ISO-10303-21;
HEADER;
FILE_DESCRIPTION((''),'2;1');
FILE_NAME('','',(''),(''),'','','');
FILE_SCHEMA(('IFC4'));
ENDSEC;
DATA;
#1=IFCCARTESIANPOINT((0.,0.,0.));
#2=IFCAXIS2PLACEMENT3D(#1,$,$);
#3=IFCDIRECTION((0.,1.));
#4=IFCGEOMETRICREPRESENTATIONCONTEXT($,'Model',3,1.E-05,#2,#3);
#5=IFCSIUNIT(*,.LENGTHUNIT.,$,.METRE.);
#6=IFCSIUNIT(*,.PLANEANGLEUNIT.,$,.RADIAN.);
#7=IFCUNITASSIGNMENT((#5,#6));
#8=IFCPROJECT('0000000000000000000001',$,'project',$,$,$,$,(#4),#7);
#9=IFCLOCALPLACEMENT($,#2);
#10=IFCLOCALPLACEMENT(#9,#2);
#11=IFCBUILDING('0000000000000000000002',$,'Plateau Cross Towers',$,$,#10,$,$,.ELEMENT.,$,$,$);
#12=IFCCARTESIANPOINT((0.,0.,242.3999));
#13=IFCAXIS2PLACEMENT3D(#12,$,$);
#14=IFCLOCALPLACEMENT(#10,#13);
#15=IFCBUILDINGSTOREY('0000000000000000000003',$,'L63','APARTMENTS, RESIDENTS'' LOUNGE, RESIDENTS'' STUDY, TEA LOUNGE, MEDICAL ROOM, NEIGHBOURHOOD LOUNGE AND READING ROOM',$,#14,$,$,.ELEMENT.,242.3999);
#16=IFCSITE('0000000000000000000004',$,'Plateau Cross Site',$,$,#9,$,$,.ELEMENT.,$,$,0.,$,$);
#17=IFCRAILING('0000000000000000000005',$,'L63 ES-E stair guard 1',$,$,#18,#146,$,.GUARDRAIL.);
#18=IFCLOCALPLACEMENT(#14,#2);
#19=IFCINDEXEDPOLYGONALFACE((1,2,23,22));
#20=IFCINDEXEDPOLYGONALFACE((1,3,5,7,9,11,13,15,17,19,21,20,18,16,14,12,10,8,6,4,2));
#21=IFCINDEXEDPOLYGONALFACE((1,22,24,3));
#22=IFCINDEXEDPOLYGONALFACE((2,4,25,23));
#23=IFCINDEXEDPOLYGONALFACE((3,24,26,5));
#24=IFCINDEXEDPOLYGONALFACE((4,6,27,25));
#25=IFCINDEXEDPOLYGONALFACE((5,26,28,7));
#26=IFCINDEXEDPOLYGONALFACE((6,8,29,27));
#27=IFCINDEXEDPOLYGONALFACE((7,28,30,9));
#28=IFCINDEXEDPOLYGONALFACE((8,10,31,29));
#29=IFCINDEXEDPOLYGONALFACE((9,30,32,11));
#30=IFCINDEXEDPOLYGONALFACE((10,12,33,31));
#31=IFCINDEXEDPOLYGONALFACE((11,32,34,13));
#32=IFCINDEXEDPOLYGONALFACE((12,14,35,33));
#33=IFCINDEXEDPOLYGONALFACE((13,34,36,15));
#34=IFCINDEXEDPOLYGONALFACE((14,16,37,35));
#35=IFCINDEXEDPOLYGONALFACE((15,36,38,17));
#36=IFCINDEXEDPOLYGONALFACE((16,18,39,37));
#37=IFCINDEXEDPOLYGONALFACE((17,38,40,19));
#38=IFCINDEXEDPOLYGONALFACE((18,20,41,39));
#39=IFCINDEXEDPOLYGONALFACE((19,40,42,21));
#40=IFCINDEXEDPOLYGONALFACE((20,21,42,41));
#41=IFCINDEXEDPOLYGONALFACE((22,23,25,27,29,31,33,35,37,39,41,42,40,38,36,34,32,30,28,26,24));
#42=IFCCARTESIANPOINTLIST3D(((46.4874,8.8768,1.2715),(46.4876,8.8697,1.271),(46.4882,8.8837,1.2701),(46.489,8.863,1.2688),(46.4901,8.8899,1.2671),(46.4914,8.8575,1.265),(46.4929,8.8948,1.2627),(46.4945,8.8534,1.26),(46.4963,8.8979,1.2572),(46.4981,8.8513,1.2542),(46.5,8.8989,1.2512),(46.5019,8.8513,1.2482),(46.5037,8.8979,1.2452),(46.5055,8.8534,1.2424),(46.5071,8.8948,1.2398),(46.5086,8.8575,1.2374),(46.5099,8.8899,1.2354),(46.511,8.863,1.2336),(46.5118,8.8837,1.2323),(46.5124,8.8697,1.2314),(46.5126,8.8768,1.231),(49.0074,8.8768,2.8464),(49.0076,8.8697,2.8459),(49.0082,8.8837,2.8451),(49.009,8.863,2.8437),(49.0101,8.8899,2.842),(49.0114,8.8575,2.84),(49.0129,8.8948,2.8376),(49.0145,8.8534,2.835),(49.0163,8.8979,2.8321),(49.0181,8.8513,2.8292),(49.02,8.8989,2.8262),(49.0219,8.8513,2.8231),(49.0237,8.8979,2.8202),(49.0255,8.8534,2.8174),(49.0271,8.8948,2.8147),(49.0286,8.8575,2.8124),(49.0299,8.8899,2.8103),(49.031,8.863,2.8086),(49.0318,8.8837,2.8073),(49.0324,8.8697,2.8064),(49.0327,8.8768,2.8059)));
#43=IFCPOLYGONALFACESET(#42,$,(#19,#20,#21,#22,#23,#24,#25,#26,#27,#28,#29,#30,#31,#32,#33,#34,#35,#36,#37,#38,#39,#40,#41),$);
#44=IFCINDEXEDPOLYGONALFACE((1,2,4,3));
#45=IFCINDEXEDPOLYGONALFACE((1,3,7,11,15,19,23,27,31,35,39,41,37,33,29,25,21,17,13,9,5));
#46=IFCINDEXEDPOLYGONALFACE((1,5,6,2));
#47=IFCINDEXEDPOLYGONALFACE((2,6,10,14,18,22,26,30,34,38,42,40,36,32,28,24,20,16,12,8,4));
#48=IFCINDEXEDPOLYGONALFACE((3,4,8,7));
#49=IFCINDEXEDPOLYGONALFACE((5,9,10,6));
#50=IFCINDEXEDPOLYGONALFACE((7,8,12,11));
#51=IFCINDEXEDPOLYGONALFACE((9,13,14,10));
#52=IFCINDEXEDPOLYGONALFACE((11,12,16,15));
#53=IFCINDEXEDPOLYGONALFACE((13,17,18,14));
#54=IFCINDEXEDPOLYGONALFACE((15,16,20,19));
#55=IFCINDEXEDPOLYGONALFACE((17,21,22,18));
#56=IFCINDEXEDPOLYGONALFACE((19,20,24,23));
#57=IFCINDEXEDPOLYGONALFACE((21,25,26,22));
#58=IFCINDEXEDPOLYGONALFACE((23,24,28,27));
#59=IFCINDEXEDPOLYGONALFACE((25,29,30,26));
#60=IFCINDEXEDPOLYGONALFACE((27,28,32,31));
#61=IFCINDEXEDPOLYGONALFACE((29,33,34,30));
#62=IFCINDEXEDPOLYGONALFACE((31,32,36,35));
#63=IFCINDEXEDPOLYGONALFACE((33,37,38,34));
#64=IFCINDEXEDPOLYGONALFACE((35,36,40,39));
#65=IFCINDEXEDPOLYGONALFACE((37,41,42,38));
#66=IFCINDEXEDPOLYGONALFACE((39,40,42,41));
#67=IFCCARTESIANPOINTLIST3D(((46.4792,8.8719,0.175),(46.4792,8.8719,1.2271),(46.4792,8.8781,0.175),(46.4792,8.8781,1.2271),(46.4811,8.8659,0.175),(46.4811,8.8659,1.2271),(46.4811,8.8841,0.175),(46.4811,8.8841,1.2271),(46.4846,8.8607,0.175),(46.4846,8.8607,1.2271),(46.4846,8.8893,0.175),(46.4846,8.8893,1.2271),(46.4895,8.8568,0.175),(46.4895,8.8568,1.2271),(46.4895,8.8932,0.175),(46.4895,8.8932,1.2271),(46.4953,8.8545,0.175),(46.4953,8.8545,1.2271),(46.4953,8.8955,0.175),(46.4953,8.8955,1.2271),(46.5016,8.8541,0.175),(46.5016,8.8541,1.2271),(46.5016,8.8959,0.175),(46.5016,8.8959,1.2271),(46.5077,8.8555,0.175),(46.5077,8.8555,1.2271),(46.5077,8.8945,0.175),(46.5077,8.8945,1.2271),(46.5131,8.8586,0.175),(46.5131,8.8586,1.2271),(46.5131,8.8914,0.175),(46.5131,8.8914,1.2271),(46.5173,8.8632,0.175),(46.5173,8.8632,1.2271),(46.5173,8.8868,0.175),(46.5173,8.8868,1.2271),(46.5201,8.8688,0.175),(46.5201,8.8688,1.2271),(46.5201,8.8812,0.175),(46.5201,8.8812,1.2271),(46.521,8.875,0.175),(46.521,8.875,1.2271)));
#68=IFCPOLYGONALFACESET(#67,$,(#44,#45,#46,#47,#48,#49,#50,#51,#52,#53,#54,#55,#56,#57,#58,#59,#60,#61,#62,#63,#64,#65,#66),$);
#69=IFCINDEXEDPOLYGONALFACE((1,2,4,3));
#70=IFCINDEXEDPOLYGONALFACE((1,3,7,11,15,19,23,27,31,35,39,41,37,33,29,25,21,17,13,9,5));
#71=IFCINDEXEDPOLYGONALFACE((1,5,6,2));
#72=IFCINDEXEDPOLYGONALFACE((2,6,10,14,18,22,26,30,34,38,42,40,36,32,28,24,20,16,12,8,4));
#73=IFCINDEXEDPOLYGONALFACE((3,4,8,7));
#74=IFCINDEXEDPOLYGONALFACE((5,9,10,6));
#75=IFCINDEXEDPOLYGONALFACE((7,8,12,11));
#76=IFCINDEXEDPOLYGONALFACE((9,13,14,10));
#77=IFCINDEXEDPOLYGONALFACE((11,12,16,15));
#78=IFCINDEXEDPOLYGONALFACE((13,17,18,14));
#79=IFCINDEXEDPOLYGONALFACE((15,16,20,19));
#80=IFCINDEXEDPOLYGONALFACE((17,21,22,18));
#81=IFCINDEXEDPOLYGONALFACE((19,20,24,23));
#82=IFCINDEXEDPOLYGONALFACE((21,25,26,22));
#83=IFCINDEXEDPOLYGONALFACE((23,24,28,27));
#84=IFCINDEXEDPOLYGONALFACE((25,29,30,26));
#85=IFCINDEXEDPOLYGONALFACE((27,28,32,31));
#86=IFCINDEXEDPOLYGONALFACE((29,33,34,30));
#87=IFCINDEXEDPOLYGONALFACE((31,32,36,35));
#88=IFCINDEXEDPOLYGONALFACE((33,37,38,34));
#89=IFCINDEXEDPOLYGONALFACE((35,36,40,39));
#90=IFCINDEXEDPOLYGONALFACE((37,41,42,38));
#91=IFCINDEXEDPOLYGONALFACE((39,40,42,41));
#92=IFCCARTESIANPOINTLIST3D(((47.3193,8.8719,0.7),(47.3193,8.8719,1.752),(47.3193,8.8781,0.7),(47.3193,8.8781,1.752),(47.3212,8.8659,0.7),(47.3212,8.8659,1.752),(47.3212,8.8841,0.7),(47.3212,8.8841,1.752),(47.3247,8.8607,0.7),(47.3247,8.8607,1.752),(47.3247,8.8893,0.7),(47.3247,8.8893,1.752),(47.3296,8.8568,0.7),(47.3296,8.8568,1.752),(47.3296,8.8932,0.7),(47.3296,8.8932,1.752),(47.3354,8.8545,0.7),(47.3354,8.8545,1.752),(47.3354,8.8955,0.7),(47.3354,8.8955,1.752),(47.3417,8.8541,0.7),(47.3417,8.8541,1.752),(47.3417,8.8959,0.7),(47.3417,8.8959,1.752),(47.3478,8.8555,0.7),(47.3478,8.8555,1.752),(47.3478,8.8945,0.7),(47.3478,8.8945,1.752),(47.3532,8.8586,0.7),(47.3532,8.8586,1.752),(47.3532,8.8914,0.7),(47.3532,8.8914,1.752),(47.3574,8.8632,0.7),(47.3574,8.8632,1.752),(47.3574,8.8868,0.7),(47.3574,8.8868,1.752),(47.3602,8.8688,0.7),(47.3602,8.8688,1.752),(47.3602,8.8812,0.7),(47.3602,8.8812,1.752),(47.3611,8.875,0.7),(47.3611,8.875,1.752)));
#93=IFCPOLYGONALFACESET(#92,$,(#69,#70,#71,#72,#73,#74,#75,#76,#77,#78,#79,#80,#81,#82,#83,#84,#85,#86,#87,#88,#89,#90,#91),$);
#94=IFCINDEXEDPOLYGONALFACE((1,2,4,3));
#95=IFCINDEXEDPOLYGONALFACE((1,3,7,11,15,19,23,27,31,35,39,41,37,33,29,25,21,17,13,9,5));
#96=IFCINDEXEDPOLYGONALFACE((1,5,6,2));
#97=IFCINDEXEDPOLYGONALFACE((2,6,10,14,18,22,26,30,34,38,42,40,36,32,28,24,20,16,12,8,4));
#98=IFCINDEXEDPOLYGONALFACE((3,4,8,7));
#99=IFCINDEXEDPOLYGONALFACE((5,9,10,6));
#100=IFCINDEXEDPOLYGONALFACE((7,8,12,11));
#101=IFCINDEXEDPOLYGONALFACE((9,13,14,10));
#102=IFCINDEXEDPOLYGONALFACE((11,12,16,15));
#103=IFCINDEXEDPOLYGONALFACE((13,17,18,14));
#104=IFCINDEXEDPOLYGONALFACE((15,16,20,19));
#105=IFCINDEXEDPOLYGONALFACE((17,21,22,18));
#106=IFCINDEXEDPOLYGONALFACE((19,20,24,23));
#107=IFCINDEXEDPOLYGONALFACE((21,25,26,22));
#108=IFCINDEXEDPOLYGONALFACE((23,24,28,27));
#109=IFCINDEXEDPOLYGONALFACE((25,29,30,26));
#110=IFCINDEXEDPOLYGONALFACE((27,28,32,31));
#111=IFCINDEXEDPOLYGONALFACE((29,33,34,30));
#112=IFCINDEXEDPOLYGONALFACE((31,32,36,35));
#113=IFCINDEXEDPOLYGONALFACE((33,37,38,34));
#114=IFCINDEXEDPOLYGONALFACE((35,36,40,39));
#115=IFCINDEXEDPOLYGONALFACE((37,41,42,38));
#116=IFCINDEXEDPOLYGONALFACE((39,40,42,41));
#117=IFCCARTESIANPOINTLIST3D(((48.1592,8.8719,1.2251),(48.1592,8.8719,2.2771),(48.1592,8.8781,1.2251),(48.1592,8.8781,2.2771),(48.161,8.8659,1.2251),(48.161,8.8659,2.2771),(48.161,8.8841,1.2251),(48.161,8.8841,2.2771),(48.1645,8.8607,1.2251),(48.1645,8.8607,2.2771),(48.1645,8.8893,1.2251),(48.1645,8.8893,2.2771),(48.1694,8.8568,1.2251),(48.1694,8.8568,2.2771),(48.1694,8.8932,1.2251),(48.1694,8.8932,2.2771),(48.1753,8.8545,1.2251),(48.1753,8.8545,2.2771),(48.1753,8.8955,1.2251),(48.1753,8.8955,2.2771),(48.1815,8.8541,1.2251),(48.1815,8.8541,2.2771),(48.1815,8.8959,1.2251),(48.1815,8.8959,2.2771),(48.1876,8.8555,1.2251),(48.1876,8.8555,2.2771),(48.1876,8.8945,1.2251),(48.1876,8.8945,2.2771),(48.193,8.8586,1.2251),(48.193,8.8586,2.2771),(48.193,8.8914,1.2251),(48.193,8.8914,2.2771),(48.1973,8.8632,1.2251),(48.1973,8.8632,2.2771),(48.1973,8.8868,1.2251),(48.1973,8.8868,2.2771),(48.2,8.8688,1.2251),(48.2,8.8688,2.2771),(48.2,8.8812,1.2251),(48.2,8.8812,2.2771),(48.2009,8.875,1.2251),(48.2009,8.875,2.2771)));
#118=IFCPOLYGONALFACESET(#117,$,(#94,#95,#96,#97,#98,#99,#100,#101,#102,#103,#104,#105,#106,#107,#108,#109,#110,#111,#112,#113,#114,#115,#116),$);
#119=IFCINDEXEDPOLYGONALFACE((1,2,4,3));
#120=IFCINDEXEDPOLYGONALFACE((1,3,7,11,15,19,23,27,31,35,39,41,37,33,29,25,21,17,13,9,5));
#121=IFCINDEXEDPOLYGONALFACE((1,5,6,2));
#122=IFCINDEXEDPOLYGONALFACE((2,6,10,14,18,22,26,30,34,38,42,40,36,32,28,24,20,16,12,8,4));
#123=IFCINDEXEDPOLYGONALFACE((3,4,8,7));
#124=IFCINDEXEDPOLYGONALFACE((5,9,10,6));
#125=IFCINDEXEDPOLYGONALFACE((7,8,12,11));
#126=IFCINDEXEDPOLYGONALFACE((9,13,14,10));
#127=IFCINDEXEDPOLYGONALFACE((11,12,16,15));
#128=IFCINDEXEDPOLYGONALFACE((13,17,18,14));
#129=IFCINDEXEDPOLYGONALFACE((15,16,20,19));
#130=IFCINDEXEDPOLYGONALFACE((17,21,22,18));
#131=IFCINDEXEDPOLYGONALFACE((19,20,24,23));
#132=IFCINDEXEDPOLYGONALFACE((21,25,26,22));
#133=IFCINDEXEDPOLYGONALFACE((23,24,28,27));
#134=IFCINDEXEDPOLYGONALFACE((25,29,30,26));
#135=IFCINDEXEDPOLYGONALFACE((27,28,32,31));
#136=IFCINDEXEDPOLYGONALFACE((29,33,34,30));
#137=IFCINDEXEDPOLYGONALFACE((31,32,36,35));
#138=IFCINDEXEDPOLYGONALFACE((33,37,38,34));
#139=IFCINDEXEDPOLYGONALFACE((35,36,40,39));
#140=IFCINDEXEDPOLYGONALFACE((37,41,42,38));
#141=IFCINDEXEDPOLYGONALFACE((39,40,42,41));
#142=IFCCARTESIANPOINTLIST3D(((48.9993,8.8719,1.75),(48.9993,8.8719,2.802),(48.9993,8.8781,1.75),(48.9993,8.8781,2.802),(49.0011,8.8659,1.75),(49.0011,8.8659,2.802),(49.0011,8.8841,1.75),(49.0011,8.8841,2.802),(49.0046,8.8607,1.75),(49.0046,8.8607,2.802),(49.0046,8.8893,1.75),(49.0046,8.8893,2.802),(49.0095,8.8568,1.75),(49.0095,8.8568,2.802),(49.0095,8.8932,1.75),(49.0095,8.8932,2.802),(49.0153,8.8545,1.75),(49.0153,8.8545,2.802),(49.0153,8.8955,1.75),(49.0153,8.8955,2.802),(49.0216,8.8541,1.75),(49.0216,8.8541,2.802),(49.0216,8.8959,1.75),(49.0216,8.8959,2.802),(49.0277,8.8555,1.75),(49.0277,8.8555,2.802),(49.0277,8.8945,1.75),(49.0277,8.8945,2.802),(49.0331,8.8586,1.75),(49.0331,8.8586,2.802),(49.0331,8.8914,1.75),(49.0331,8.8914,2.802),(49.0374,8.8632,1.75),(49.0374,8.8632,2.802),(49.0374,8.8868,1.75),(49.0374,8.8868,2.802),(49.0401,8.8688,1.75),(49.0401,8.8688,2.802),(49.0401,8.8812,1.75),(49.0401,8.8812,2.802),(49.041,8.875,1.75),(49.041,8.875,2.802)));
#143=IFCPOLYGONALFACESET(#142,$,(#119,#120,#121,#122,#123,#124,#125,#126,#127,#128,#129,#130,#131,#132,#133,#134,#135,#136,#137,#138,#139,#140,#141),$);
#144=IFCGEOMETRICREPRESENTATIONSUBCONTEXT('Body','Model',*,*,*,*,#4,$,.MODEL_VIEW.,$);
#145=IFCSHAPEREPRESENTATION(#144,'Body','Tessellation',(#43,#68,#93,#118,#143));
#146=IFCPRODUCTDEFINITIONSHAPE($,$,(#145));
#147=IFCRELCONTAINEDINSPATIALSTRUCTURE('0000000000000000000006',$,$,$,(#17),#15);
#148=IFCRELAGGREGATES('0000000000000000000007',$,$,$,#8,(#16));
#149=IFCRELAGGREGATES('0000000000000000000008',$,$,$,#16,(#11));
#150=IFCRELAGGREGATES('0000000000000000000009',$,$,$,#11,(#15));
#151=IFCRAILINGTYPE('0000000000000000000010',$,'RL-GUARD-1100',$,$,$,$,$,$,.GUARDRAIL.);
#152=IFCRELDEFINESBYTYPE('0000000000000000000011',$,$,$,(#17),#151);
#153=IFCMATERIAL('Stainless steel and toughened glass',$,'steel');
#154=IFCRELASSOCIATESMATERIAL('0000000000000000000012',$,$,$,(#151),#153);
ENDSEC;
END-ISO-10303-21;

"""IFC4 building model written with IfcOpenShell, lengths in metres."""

from ifc_helpers import new_model, si_unit, direction, frame, origin, origin_2d, place, context, subcontext, project, spatial, circle, extrude, material, type_object, element, save


model = new_model("IFC4")

# Units and contexts
model_context = context("Model", 3, precision=1e-05, world=origin(), true_north=direction((0.0, 1.0)))
body_context = subcontext(model_context, "Body", "Model", "MODEL_VIEW")
ifc_project = project(units=[si_unit("LENGTHUNIT", "METRE"), si_unit("PLANEANGLEUNIT", "RADIAN")], contexts=[model_context])

# Site, building, storey
site_placement = place(None, origin())
site = spatial("IfcSite", under=ifc_project, at=site_placement, Name="Plateau Cross Site", CompositionType="ELEMENT", RefElevation=0.0)
building_placement = place(site_placement, origin())
building = spatial("IfcBuilding", under=site, at=building_placement, Name="Plateau Cross Towers", CompositionType="ELEMENT")
storey_placement = place(building_placement, frame((0.0, 0.0, 242.3999)))
storey = spatial("IfcBuildingStorey", under=building, at=storey_placement, Name="L63", Description="APARTMENTS, RESIDENTS' LOUNGE, RESIDENTS' STUDY, TEA LOUNGE, MEDICAL ROOM, NEIGHBOURHOOD LOUNGE AND READING ROOM", CompositionType="ELEMENT", Elevation=242.3999)

# Railing
ifc_material_1 = material(Name="Stainless steel and toughened glass", Category="steel")
railing_type_1 = type_object("IfcRailingType", Name="RL-GUARD-1100", PredefinedType="GUARDRAIL", material=ifc_material_1)
railing_1_placement = place(storey_placement, frame((46.5, 8.875, 0.175)))
element("IfcRailing", 1, at=railing_1_placement, inside=storey, type_object=railing_type_1, Name="L63 ES-E stair guard 1", PredefinedType="GUARDRAIL", context=body_context, shape_type="SweptSolid", body=[
    extrude(circle(Radius=0.0239, at=origin_2d()), frame((0.0, 0.0, 1.0762), z_axis=(0.848008, 0.0, 0.529984), x_axis=(0.0, 1.0, 0.0)), (0.0, 0.0, 1.0), 2.9717),
    extrude(circle(Radius=0.021, at=origin_2d()), origin(), (0.0, 0.0, 1.0), 1.052),
    extrude(circle(Radius=0.021, at=origin_2d()), frame((0.8401, 0.0, 0.5249)), (0.0, 0.0, 1.0), 1.052),
    extrude(circle(Radius=0.021, at=origin_2d()), frame((1.6799, 0.0, 1.05)), (0.0, 0.0, 1.0), 1.052),
    extrude(circle(Radius=0.021, at=origin_2d()), frame((2.52, 0.0, 1.575)), (0.0, 0.0, 1.0), 1.052),
])

save(model, "model.ifc")
